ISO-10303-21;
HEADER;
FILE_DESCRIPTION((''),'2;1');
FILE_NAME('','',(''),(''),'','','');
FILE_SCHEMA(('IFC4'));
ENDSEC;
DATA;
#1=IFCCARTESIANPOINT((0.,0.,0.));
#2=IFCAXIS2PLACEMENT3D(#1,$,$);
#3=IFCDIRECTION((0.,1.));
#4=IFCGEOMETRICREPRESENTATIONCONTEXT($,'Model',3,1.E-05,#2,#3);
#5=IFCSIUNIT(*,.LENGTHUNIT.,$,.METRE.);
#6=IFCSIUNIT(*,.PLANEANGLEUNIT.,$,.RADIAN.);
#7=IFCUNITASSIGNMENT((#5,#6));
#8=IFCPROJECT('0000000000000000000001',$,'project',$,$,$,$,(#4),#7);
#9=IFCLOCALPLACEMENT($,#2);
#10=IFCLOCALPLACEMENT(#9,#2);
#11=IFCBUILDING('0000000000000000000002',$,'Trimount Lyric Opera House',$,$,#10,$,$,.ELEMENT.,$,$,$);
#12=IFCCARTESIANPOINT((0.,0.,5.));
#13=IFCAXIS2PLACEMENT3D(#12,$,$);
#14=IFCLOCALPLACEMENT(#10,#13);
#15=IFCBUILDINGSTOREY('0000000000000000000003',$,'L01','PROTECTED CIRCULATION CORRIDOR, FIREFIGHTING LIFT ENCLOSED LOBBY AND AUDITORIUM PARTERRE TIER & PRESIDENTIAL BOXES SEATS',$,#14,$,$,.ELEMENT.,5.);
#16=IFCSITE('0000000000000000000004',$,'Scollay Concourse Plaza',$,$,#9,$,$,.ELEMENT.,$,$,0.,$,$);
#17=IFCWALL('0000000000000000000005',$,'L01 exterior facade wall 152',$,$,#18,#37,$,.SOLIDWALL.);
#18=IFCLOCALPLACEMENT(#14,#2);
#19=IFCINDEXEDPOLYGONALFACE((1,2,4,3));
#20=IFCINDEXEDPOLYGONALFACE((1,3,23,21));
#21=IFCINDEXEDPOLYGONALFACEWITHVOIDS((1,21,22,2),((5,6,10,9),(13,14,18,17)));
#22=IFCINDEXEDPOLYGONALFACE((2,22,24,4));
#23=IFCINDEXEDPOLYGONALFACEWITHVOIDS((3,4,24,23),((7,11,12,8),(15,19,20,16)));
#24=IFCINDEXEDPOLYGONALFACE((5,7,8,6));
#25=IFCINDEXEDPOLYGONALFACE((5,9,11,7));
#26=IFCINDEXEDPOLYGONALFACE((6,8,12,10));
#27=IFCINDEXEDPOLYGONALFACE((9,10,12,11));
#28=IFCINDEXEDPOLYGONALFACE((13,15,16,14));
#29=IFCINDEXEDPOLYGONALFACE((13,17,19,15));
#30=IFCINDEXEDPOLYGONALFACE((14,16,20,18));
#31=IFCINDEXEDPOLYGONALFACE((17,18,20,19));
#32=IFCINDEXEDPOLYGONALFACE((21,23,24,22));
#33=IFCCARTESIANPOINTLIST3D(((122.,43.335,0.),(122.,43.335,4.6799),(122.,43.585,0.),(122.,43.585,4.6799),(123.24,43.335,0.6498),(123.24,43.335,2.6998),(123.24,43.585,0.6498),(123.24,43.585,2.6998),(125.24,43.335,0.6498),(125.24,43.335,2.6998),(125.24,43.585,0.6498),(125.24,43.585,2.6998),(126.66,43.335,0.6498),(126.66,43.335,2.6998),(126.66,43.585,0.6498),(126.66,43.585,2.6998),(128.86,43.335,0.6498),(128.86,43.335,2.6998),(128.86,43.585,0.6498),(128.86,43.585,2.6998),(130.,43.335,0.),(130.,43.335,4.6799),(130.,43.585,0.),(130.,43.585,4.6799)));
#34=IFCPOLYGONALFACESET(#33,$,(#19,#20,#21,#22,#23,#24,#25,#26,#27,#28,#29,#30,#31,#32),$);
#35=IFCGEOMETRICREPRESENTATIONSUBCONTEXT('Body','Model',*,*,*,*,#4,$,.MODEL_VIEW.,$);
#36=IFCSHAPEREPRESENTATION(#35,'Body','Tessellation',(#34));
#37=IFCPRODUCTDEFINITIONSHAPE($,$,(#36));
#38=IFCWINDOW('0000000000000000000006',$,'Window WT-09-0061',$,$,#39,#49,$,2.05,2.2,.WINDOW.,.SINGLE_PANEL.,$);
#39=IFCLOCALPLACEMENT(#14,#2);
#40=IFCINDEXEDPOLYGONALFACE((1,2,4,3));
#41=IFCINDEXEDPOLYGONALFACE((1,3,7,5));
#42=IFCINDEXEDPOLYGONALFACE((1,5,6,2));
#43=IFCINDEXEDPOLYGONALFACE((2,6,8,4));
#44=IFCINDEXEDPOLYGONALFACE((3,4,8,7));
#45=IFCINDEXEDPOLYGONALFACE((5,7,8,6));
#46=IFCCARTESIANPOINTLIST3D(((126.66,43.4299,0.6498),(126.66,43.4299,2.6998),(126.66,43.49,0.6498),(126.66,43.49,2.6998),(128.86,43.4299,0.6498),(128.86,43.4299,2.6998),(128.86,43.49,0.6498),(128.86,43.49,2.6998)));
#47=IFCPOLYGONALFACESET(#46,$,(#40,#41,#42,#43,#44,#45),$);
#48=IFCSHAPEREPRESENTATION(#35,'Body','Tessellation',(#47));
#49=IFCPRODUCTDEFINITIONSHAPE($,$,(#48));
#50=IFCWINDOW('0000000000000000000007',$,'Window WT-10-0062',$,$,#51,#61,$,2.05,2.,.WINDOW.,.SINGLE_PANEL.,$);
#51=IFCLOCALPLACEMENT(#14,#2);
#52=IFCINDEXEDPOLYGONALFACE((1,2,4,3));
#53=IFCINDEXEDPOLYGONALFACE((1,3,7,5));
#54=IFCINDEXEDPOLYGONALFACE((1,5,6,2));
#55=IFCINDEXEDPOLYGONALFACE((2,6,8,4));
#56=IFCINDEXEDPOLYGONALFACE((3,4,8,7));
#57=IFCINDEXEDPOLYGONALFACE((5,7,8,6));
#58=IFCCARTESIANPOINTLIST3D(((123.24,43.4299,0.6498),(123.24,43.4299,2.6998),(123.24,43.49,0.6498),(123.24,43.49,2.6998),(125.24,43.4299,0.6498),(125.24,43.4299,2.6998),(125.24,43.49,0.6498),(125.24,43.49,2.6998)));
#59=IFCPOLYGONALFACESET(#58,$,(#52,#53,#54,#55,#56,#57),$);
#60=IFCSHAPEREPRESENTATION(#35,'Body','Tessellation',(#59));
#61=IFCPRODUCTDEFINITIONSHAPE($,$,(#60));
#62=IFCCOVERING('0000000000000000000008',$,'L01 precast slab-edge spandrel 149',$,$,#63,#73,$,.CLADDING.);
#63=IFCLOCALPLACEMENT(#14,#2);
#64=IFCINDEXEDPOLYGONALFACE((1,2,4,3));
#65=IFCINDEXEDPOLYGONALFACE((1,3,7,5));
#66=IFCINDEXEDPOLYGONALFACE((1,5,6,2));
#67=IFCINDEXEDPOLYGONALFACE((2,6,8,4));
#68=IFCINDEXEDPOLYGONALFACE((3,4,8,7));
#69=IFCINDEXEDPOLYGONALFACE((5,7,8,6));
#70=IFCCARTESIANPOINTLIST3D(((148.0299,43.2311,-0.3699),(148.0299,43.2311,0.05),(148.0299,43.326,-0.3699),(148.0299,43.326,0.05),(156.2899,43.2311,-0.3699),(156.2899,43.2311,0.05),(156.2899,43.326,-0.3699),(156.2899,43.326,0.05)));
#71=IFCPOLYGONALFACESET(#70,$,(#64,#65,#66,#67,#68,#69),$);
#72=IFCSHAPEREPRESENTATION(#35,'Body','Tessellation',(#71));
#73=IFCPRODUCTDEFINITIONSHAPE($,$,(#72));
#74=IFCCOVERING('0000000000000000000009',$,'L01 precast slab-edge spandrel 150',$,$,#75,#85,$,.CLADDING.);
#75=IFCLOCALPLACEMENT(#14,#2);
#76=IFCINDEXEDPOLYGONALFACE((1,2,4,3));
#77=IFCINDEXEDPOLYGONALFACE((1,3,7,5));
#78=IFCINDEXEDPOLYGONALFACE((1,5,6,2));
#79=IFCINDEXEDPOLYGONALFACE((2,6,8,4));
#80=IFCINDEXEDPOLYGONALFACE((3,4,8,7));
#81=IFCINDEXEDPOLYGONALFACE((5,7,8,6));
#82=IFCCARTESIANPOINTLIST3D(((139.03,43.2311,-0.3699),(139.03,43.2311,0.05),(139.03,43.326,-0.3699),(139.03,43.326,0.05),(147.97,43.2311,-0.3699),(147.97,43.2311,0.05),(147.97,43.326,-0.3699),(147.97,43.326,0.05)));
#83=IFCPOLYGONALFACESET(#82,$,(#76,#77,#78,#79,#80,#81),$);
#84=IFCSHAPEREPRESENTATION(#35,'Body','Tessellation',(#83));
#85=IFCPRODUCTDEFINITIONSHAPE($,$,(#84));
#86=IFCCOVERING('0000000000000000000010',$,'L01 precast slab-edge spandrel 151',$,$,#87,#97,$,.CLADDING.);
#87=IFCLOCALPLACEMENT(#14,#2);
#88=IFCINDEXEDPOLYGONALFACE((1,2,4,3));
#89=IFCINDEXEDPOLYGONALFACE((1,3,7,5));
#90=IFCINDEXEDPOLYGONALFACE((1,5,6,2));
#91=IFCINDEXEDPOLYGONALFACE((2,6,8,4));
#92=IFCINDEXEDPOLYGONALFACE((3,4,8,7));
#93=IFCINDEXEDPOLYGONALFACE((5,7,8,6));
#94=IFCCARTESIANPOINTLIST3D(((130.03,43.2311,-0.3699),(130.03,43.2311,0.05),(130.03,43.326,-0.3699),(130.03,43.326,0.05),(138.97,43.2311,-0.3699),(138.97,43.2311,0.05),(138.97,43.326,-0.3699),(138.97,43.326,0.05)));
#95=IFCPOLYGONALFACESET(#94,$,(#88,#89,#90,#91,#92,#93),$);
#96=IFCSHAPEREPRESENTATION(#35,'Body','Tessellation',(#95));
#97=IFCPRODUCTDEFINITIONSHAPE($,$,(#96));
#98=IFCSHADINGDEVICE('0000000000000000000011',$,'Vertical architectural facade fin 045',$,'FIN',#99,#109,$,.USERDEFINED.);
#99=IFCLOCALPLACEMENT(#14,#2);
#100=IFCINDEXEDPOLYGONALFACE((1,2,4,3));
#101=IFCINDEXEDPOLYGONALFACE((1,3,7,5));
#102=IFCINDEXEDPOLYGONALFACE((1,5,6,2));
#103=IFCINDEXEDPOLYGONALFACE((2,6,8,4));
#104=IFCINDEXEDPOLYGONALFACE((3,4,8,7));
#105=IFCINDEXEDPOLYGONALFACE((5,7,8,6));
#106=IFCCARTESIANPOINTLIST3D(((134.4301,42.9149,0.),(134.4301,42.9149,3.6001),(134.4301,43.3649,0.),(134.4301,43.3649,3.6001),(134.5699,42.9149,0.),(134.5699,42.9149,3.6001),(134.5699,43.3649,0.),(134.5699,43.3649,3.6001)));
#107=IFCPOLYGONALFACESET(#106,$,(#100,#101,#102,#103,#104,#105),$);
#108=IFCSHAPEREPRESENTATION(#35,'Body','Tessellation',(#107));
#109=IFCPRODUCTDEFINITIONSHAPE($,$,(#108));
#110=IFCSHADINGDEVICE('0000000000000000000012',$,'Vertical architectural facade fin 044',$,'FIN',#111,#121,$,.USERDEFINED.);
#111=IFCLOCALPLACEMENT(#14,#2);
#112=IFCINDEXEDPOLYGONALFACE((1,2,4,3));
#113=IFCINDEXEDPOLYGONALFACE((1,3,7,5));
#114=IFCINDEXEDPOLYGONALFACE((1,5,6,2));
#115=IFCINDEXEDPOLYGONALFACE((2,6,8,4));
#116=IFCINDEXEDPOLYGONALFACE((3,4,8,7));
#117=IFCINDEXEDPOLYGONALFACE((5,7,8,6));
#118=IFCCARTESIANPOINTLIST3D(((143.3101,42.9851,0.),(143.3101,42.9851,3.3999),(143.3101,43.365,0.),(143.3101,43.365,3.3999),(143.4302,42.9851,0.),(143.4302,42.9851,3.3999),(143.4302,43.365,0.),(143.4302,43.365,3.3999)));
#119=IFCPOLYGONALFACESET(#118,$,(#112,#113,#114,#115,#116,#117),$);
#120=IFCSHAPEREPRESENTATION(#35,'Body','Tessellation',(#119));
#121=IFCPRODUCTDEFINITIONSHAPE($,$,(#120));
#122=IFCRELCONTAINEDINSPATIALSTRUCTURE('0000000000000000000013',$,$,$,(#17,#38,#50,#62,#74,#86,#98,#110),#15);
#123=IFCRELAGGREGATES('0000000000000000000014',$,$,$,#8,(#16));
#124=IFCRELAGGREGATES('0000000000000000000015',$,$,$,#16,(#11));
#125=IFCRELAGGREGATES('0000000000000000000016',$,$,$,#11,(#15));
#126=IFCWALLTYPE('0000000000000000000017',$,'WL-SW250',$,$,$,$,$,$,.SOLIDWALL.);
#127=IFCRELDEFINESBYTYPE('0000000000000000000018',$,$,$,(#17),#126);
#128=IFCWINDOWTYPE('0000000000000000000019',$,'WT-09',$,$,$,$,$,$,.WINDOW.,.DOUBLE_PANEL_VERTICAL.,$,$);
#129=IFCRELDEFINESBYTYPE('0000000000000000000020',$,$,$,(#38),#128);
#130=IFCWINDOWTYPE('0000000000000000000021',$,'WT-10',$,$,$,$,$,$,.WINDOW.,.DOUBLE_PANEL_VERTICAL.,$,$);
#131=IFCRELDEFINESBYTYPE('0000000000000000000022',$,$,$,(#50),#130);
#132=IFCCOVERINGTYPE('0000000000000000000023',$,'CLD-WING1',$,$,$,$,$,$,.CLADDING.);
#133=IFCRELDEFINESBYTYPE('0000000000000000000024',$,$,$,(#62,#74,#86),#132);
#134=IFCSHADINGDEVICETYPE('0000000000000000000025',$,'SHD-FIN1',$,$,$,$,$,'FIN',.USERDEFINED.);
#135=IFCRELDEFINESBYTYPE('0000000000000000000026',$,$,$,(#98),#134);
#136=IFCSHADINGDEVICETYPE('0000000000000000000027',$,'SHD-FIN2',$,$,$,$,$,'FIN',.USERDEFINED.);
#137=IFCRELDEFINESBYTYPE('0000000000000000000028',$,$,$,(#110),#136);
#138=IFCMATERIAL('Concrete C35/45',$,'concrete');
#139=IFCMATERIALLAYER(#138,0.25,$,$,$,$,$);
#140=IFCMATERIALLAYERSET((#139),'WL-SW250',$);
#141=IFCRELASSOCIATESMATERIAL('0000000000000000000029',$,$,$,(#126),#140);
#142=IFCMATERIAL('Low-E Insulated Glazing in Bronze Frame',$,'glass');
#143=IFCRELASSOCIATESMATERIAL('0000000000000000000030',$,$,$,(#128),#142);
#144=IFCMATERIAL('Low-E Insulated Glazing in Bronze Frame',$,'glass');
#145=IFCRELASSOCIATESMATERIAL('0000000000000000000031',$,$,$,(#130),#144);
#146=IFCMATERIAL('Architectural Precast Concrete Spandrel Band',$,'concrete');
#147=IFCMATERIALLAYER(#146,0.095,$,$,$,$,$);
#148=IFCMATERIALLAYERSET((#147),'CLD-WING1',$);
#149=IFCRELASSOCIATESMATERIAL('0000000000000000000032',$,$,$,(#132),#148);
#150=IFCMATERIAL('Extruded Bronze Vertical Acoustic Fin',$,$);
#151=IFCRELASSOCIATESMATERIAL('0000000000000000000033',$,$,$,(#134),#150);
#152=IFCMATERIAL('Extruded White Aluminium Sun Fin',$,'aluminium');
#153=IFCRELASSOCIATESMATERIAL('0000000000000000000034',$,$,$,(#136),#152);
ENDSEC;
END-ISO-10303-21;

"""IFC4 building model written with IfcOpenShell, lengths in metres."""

from ifc_helpers import new_model, si_unit, direction, frame, frame_2d, origin, origin_2d, place, context, subcontext, project, spatial, rectangle, extrude, material, layer, layer_set, type_object, element, fill, save


model = new_model("IFC4")

# Units and contexts
model_context = context("Model", 3, precision=1e-05, world=origin(), true_north=direction((0.0, 1.0)))
body_context = subcontext(model_context, "Body", "Model", "MODEL_VIEW")
ifc_project = project(units=[si_unit("LENGTHUNIT", "METRE"), si_unit("PLANEANGLEUNIT", "RADIAN")], contexts=[model_context])

# Site, building, storey
site_placement = place(None, origin())
site = spatial("IfcSite", under=ifc_project, at=site_placement, Name="Scollay Concourse Plaza", CompositionType="ELEMENT", RefElevation=0.0)
building_placement = place(site_placement, origin())
building = spatial("IfcBuilding", under=site, at=building_placement, Name="Trimount Lyric Opera House", CompositionType="ELEMENT")
storey_placement = place(building_placement, frame((0.0, 0.0, 5.0)))
storey = spatial("IfcBuildingStorey", under=building, at=storey_placement, Name="L01", Description="PROTECTED CIRCULATION CORRIDOR, FIREFIGHTING LIFT ENCLOSED LOBBY AND AUDITORIUM PARTERRE TIER & PRESIDENTIAL BOXES SEATS", CompositionType="ELEMENT", Elevation=5.0)

# Wall, openings, windows
ifc_material_1 = material(Name="Concrete C35/45", Category="concrete")
ifc_layer_1 = layer(ifc_material_1, 0.25)
ifc_layer_set_1 = layer_set([ifc_layer_1], Name="WL-SW250")
wall_type = type_object("IfcWallType", Name="WL-SW250", PredefinedType="SOLIDWALL", material=ifc_layer_set_1)
wall_1_placement = place(storey_placement, frame((130.0, 43.46, 0.0), z_axis=(0.0, 0.0, 1.0), x_axis=(-1.0, 0.0, 0.0)))
wall_1 = element("IfcWall", 1, at=wall_1_placement, inside=storey, type_object=wall_type, Name="L01 exterior facade wall 152", PredefinedType="SOLIDWALL", context=body_context, shape_type="SweptSolid", body=[
    extrude(rectangle(XDim=8.0, YDim=0.25, at=frame_2d((4.0, 0.0))), origin(), (0.0, 0.0, 1.0), 4.6799),
])
opening_1_placement = place(wall_1_placement, frame((1.1399, 0.0, 0.6499)))
opening_1 = element("IfcOpeningElement", 2, at=opening_1_placement, cuts=wall_1, PredefinedType="OPENING", context=body_context, shape_type="SweptSolid", body=[
    extrude(rectangle(XDim=2.2, YDim=2.05, at=frame_2d((1.1001, 1.0249))), frame((0.0, 0.135, 0.0), z_axis=(0.0, -1.0, 0.0), x_axis=(1.0, 0.0, 0.0)), (0.0, 0.0, 1.0), 0.27),
])
opening_2_placement = place(wall_1_placement, frame((4.76, 0.0, 0.6499)))
opening_2 = element("IfcOpeningElement", 3, at=opening_2_placement, cuts=wall_1, PredefinedType="OPENING", context=body_context, shape_type="SweptSolid", body=[
    extrude(rectangle(XDim=2.0, YDim=2.05, at=frame_2d((1.0, 1.0249))), frame((0.0, 0.135, 0.0), z_axis=(0.0, -1.0, 0.0), x_axis=(1.0, 0.0, 0.0)), (0.0, 0.0, 1.0), 0.27),
])
ifc_material_2 = material(Name="Low-E Insulated Glazing in Bronze Frame", Category="glass")
window_type_1 = type_object("IfcWindowType", Name="WT-09", PartitioningType="DOUBLE_PANEL_VERTICAL", PredefinedType="WINDOW", material=ifc_material_2)
window_1_placement = place(opening_1_placement, origin())
window_1 = element("IfcWindow", 4, at=window_1_placement, inside=storey, type_object=window_type_1, Name="Window WT-09-0061", OverallHeight=2.05, OverallWidth=2.2, PartitioningType="SINGLE_PANEL", PredefinedType="WINDOW", context=body_context, shape_type="SweptSolid", body=[
    extrude(rectangle(XDim=2.2, YDim=2.05, at=frame_2d((1.1001, 1.0249))), frame((0.0, 0.03, 0.0), z_axis=(0.0, -1.0, 0.0), x_axis=(1.0, 0.0, 0.0)), (0.0, 0.0, 1.0), 0.0601),
])
fill(opening_1, window_1)
ifc_material_3 = material(Name="Low-E Insulated Glazing in Bronze Frame", Category="glass")
window_type_2 = type_object("IfcWindowType", Name="WT-10", PartitioningType="DOUBLE_PANEL_VERTICAL", PredefinedType="WINDOW", material=ifc_material_3)
window_2_placement = place(opening_2_placement, origin())
window_2 = element("IfcWindow", 5, at=window_2_placement, inside=storey, type_object=window_type_2, Name="Window WT-10-0062", OverallHeight=2.05, OverallWidth=2.0, PartitioningType="SINGLE_PANEL", PredefinedType="WINDOW", context=body_context, shape_type="SweptSolid", body=[
    extrude(rectangle(XDim=2.0, YDim=2.05, at=frame_2d((1.0, 1.0249))), frame((0.0, 0.03, 0.0), z_axis=(0.0, -1.0, 0.0), x_axis=(1.0, 0.0, 0.0)), (0.0, 0.0, 1.0), 0.0601),
])
fill(opening_2, window_2)

# Coverings
ifc_material_4 = material(Name="Architectural Precast Concrete Spandrel Band", Category="concrete")
ifc_layer_2 = layer(ifc_material_4, 0.095)
ifc_layer_set_2 = layer_set([ifc_layer_2], Name="CLD-WING1")
covering_type = type_object("IfcCoveringType", Name="CLD-WING1", PredefinedType="CLADDING", material=ifc_layer_set_2)
covering_placement = place(storey_placement, frame((152.1599, 43.2786, -0.3699), z_axis=(0.0, 0.0, 1.0), x_axis=(-1.0, 0.0, 0.0)))
element("IfcCovering", 6, at=covering_placement, inside=storey, type_object=covering_type, Name="L01 precast slab-edge spandrel 149", PredefinedType="CLADDING", context=body_context, shape_type="SweptSolid", body=[
    extrude(rectangle(XDim=8.26, YDim=0.095, at=origin_2d()), origin(), (0.0, 0.0, 1.0), 0.4199),
])
for number, where, z_axis, x_axis, name in (
    (7, (143.5, 43.2786, -0.3699), (0.0, 0.0, 1.0), (-1.0, 0.0, 0.0), "L01 precast slab-edge spandrel 150"),
    (8, (134.5, 43.2786, -0.3699), (0.0, 0.0, 1.0), (-1.0, 0.0, 0.0), "L01 precast slab-edge spandrel 151"),
):
    element("IfcCovering", number, at=place(storey_placement, frame(where, z_axis=z_axis, x_axis=x_axis)), inside=storey, type_object=covering_type, Name=name, PredefinedType="CLADDING", context=body_context, shape_type="SweptSolid", body=[
        extrude(rectangle(XDim=8.9399, YDim=0.095, at=origin_2d()), origin(), (0.0, 0.0, 1.0), 0.4199),
    ])

# Shading devices
ifc_material_5 = material(Name="Extruded Bronze Vertical Acoustic Fin")
shading_device_type_1 = type_object("IfcShadingDeviceType", Name="SHD-FIN1", ElementType="FIN", PredefinedType="USERDEFINED", material=ifc_material_5)
shading_device_1_placement = place(storey_placement, frame((134.5, 43.1399, 0.0), z_axis=(0.0, 0.0, 1.0), x_axis=(1.0, 0.0, 0.0)))
element("IfcShadingDevice", 9, at=shading_device_1_placement, inside=storey, type_object=shading_device_type_1, Name="Vertical architectural facade fin 045", ObjectType="FIN", PredefinedType="USERDEFINED", context=body_context, shape_type="SweptSolid", body=[
    extrude(rectangle(XDim=0.1399, YDim=0.45, at=origin_2d()), origin(), (0.0, 0.0, 1.0), 3.6001),
])
ifc_material_6 = material(Name="Extruded White Aluminium Sun Fin", Category="aluminium")
shading_device_type_2 = type_object("IfcShadingDeviceType", Name="SHD-FIN2", ElementType="FIN", PredefinedType="USERDEFINED", material=ifc_material_6)
shading_device_2_placement = place(storey_placement, frame((143.3701, 43.175, 0.0), z_axis=(0.0, 0.0, 1.0), x_axis=(1.0, 0.0, 0.0)))
element("IfcShadingDevice", 10, at=shading_device_2_placement, inside=storey, type_object=shading_device_type_2, Name="Vertical architectural facade fin 044", ObjectType="FIN", PredefinedType="USERDEFINED", context=body_context, shape_type="SweptSolid", body=[
    extrude(rectangle(XDim=0.1201, YDim=0.3799, at=origin_2d()), origin(), (0.0, 0.0, 1.0), 3.3999),
])

save(model, "model.ifc")
